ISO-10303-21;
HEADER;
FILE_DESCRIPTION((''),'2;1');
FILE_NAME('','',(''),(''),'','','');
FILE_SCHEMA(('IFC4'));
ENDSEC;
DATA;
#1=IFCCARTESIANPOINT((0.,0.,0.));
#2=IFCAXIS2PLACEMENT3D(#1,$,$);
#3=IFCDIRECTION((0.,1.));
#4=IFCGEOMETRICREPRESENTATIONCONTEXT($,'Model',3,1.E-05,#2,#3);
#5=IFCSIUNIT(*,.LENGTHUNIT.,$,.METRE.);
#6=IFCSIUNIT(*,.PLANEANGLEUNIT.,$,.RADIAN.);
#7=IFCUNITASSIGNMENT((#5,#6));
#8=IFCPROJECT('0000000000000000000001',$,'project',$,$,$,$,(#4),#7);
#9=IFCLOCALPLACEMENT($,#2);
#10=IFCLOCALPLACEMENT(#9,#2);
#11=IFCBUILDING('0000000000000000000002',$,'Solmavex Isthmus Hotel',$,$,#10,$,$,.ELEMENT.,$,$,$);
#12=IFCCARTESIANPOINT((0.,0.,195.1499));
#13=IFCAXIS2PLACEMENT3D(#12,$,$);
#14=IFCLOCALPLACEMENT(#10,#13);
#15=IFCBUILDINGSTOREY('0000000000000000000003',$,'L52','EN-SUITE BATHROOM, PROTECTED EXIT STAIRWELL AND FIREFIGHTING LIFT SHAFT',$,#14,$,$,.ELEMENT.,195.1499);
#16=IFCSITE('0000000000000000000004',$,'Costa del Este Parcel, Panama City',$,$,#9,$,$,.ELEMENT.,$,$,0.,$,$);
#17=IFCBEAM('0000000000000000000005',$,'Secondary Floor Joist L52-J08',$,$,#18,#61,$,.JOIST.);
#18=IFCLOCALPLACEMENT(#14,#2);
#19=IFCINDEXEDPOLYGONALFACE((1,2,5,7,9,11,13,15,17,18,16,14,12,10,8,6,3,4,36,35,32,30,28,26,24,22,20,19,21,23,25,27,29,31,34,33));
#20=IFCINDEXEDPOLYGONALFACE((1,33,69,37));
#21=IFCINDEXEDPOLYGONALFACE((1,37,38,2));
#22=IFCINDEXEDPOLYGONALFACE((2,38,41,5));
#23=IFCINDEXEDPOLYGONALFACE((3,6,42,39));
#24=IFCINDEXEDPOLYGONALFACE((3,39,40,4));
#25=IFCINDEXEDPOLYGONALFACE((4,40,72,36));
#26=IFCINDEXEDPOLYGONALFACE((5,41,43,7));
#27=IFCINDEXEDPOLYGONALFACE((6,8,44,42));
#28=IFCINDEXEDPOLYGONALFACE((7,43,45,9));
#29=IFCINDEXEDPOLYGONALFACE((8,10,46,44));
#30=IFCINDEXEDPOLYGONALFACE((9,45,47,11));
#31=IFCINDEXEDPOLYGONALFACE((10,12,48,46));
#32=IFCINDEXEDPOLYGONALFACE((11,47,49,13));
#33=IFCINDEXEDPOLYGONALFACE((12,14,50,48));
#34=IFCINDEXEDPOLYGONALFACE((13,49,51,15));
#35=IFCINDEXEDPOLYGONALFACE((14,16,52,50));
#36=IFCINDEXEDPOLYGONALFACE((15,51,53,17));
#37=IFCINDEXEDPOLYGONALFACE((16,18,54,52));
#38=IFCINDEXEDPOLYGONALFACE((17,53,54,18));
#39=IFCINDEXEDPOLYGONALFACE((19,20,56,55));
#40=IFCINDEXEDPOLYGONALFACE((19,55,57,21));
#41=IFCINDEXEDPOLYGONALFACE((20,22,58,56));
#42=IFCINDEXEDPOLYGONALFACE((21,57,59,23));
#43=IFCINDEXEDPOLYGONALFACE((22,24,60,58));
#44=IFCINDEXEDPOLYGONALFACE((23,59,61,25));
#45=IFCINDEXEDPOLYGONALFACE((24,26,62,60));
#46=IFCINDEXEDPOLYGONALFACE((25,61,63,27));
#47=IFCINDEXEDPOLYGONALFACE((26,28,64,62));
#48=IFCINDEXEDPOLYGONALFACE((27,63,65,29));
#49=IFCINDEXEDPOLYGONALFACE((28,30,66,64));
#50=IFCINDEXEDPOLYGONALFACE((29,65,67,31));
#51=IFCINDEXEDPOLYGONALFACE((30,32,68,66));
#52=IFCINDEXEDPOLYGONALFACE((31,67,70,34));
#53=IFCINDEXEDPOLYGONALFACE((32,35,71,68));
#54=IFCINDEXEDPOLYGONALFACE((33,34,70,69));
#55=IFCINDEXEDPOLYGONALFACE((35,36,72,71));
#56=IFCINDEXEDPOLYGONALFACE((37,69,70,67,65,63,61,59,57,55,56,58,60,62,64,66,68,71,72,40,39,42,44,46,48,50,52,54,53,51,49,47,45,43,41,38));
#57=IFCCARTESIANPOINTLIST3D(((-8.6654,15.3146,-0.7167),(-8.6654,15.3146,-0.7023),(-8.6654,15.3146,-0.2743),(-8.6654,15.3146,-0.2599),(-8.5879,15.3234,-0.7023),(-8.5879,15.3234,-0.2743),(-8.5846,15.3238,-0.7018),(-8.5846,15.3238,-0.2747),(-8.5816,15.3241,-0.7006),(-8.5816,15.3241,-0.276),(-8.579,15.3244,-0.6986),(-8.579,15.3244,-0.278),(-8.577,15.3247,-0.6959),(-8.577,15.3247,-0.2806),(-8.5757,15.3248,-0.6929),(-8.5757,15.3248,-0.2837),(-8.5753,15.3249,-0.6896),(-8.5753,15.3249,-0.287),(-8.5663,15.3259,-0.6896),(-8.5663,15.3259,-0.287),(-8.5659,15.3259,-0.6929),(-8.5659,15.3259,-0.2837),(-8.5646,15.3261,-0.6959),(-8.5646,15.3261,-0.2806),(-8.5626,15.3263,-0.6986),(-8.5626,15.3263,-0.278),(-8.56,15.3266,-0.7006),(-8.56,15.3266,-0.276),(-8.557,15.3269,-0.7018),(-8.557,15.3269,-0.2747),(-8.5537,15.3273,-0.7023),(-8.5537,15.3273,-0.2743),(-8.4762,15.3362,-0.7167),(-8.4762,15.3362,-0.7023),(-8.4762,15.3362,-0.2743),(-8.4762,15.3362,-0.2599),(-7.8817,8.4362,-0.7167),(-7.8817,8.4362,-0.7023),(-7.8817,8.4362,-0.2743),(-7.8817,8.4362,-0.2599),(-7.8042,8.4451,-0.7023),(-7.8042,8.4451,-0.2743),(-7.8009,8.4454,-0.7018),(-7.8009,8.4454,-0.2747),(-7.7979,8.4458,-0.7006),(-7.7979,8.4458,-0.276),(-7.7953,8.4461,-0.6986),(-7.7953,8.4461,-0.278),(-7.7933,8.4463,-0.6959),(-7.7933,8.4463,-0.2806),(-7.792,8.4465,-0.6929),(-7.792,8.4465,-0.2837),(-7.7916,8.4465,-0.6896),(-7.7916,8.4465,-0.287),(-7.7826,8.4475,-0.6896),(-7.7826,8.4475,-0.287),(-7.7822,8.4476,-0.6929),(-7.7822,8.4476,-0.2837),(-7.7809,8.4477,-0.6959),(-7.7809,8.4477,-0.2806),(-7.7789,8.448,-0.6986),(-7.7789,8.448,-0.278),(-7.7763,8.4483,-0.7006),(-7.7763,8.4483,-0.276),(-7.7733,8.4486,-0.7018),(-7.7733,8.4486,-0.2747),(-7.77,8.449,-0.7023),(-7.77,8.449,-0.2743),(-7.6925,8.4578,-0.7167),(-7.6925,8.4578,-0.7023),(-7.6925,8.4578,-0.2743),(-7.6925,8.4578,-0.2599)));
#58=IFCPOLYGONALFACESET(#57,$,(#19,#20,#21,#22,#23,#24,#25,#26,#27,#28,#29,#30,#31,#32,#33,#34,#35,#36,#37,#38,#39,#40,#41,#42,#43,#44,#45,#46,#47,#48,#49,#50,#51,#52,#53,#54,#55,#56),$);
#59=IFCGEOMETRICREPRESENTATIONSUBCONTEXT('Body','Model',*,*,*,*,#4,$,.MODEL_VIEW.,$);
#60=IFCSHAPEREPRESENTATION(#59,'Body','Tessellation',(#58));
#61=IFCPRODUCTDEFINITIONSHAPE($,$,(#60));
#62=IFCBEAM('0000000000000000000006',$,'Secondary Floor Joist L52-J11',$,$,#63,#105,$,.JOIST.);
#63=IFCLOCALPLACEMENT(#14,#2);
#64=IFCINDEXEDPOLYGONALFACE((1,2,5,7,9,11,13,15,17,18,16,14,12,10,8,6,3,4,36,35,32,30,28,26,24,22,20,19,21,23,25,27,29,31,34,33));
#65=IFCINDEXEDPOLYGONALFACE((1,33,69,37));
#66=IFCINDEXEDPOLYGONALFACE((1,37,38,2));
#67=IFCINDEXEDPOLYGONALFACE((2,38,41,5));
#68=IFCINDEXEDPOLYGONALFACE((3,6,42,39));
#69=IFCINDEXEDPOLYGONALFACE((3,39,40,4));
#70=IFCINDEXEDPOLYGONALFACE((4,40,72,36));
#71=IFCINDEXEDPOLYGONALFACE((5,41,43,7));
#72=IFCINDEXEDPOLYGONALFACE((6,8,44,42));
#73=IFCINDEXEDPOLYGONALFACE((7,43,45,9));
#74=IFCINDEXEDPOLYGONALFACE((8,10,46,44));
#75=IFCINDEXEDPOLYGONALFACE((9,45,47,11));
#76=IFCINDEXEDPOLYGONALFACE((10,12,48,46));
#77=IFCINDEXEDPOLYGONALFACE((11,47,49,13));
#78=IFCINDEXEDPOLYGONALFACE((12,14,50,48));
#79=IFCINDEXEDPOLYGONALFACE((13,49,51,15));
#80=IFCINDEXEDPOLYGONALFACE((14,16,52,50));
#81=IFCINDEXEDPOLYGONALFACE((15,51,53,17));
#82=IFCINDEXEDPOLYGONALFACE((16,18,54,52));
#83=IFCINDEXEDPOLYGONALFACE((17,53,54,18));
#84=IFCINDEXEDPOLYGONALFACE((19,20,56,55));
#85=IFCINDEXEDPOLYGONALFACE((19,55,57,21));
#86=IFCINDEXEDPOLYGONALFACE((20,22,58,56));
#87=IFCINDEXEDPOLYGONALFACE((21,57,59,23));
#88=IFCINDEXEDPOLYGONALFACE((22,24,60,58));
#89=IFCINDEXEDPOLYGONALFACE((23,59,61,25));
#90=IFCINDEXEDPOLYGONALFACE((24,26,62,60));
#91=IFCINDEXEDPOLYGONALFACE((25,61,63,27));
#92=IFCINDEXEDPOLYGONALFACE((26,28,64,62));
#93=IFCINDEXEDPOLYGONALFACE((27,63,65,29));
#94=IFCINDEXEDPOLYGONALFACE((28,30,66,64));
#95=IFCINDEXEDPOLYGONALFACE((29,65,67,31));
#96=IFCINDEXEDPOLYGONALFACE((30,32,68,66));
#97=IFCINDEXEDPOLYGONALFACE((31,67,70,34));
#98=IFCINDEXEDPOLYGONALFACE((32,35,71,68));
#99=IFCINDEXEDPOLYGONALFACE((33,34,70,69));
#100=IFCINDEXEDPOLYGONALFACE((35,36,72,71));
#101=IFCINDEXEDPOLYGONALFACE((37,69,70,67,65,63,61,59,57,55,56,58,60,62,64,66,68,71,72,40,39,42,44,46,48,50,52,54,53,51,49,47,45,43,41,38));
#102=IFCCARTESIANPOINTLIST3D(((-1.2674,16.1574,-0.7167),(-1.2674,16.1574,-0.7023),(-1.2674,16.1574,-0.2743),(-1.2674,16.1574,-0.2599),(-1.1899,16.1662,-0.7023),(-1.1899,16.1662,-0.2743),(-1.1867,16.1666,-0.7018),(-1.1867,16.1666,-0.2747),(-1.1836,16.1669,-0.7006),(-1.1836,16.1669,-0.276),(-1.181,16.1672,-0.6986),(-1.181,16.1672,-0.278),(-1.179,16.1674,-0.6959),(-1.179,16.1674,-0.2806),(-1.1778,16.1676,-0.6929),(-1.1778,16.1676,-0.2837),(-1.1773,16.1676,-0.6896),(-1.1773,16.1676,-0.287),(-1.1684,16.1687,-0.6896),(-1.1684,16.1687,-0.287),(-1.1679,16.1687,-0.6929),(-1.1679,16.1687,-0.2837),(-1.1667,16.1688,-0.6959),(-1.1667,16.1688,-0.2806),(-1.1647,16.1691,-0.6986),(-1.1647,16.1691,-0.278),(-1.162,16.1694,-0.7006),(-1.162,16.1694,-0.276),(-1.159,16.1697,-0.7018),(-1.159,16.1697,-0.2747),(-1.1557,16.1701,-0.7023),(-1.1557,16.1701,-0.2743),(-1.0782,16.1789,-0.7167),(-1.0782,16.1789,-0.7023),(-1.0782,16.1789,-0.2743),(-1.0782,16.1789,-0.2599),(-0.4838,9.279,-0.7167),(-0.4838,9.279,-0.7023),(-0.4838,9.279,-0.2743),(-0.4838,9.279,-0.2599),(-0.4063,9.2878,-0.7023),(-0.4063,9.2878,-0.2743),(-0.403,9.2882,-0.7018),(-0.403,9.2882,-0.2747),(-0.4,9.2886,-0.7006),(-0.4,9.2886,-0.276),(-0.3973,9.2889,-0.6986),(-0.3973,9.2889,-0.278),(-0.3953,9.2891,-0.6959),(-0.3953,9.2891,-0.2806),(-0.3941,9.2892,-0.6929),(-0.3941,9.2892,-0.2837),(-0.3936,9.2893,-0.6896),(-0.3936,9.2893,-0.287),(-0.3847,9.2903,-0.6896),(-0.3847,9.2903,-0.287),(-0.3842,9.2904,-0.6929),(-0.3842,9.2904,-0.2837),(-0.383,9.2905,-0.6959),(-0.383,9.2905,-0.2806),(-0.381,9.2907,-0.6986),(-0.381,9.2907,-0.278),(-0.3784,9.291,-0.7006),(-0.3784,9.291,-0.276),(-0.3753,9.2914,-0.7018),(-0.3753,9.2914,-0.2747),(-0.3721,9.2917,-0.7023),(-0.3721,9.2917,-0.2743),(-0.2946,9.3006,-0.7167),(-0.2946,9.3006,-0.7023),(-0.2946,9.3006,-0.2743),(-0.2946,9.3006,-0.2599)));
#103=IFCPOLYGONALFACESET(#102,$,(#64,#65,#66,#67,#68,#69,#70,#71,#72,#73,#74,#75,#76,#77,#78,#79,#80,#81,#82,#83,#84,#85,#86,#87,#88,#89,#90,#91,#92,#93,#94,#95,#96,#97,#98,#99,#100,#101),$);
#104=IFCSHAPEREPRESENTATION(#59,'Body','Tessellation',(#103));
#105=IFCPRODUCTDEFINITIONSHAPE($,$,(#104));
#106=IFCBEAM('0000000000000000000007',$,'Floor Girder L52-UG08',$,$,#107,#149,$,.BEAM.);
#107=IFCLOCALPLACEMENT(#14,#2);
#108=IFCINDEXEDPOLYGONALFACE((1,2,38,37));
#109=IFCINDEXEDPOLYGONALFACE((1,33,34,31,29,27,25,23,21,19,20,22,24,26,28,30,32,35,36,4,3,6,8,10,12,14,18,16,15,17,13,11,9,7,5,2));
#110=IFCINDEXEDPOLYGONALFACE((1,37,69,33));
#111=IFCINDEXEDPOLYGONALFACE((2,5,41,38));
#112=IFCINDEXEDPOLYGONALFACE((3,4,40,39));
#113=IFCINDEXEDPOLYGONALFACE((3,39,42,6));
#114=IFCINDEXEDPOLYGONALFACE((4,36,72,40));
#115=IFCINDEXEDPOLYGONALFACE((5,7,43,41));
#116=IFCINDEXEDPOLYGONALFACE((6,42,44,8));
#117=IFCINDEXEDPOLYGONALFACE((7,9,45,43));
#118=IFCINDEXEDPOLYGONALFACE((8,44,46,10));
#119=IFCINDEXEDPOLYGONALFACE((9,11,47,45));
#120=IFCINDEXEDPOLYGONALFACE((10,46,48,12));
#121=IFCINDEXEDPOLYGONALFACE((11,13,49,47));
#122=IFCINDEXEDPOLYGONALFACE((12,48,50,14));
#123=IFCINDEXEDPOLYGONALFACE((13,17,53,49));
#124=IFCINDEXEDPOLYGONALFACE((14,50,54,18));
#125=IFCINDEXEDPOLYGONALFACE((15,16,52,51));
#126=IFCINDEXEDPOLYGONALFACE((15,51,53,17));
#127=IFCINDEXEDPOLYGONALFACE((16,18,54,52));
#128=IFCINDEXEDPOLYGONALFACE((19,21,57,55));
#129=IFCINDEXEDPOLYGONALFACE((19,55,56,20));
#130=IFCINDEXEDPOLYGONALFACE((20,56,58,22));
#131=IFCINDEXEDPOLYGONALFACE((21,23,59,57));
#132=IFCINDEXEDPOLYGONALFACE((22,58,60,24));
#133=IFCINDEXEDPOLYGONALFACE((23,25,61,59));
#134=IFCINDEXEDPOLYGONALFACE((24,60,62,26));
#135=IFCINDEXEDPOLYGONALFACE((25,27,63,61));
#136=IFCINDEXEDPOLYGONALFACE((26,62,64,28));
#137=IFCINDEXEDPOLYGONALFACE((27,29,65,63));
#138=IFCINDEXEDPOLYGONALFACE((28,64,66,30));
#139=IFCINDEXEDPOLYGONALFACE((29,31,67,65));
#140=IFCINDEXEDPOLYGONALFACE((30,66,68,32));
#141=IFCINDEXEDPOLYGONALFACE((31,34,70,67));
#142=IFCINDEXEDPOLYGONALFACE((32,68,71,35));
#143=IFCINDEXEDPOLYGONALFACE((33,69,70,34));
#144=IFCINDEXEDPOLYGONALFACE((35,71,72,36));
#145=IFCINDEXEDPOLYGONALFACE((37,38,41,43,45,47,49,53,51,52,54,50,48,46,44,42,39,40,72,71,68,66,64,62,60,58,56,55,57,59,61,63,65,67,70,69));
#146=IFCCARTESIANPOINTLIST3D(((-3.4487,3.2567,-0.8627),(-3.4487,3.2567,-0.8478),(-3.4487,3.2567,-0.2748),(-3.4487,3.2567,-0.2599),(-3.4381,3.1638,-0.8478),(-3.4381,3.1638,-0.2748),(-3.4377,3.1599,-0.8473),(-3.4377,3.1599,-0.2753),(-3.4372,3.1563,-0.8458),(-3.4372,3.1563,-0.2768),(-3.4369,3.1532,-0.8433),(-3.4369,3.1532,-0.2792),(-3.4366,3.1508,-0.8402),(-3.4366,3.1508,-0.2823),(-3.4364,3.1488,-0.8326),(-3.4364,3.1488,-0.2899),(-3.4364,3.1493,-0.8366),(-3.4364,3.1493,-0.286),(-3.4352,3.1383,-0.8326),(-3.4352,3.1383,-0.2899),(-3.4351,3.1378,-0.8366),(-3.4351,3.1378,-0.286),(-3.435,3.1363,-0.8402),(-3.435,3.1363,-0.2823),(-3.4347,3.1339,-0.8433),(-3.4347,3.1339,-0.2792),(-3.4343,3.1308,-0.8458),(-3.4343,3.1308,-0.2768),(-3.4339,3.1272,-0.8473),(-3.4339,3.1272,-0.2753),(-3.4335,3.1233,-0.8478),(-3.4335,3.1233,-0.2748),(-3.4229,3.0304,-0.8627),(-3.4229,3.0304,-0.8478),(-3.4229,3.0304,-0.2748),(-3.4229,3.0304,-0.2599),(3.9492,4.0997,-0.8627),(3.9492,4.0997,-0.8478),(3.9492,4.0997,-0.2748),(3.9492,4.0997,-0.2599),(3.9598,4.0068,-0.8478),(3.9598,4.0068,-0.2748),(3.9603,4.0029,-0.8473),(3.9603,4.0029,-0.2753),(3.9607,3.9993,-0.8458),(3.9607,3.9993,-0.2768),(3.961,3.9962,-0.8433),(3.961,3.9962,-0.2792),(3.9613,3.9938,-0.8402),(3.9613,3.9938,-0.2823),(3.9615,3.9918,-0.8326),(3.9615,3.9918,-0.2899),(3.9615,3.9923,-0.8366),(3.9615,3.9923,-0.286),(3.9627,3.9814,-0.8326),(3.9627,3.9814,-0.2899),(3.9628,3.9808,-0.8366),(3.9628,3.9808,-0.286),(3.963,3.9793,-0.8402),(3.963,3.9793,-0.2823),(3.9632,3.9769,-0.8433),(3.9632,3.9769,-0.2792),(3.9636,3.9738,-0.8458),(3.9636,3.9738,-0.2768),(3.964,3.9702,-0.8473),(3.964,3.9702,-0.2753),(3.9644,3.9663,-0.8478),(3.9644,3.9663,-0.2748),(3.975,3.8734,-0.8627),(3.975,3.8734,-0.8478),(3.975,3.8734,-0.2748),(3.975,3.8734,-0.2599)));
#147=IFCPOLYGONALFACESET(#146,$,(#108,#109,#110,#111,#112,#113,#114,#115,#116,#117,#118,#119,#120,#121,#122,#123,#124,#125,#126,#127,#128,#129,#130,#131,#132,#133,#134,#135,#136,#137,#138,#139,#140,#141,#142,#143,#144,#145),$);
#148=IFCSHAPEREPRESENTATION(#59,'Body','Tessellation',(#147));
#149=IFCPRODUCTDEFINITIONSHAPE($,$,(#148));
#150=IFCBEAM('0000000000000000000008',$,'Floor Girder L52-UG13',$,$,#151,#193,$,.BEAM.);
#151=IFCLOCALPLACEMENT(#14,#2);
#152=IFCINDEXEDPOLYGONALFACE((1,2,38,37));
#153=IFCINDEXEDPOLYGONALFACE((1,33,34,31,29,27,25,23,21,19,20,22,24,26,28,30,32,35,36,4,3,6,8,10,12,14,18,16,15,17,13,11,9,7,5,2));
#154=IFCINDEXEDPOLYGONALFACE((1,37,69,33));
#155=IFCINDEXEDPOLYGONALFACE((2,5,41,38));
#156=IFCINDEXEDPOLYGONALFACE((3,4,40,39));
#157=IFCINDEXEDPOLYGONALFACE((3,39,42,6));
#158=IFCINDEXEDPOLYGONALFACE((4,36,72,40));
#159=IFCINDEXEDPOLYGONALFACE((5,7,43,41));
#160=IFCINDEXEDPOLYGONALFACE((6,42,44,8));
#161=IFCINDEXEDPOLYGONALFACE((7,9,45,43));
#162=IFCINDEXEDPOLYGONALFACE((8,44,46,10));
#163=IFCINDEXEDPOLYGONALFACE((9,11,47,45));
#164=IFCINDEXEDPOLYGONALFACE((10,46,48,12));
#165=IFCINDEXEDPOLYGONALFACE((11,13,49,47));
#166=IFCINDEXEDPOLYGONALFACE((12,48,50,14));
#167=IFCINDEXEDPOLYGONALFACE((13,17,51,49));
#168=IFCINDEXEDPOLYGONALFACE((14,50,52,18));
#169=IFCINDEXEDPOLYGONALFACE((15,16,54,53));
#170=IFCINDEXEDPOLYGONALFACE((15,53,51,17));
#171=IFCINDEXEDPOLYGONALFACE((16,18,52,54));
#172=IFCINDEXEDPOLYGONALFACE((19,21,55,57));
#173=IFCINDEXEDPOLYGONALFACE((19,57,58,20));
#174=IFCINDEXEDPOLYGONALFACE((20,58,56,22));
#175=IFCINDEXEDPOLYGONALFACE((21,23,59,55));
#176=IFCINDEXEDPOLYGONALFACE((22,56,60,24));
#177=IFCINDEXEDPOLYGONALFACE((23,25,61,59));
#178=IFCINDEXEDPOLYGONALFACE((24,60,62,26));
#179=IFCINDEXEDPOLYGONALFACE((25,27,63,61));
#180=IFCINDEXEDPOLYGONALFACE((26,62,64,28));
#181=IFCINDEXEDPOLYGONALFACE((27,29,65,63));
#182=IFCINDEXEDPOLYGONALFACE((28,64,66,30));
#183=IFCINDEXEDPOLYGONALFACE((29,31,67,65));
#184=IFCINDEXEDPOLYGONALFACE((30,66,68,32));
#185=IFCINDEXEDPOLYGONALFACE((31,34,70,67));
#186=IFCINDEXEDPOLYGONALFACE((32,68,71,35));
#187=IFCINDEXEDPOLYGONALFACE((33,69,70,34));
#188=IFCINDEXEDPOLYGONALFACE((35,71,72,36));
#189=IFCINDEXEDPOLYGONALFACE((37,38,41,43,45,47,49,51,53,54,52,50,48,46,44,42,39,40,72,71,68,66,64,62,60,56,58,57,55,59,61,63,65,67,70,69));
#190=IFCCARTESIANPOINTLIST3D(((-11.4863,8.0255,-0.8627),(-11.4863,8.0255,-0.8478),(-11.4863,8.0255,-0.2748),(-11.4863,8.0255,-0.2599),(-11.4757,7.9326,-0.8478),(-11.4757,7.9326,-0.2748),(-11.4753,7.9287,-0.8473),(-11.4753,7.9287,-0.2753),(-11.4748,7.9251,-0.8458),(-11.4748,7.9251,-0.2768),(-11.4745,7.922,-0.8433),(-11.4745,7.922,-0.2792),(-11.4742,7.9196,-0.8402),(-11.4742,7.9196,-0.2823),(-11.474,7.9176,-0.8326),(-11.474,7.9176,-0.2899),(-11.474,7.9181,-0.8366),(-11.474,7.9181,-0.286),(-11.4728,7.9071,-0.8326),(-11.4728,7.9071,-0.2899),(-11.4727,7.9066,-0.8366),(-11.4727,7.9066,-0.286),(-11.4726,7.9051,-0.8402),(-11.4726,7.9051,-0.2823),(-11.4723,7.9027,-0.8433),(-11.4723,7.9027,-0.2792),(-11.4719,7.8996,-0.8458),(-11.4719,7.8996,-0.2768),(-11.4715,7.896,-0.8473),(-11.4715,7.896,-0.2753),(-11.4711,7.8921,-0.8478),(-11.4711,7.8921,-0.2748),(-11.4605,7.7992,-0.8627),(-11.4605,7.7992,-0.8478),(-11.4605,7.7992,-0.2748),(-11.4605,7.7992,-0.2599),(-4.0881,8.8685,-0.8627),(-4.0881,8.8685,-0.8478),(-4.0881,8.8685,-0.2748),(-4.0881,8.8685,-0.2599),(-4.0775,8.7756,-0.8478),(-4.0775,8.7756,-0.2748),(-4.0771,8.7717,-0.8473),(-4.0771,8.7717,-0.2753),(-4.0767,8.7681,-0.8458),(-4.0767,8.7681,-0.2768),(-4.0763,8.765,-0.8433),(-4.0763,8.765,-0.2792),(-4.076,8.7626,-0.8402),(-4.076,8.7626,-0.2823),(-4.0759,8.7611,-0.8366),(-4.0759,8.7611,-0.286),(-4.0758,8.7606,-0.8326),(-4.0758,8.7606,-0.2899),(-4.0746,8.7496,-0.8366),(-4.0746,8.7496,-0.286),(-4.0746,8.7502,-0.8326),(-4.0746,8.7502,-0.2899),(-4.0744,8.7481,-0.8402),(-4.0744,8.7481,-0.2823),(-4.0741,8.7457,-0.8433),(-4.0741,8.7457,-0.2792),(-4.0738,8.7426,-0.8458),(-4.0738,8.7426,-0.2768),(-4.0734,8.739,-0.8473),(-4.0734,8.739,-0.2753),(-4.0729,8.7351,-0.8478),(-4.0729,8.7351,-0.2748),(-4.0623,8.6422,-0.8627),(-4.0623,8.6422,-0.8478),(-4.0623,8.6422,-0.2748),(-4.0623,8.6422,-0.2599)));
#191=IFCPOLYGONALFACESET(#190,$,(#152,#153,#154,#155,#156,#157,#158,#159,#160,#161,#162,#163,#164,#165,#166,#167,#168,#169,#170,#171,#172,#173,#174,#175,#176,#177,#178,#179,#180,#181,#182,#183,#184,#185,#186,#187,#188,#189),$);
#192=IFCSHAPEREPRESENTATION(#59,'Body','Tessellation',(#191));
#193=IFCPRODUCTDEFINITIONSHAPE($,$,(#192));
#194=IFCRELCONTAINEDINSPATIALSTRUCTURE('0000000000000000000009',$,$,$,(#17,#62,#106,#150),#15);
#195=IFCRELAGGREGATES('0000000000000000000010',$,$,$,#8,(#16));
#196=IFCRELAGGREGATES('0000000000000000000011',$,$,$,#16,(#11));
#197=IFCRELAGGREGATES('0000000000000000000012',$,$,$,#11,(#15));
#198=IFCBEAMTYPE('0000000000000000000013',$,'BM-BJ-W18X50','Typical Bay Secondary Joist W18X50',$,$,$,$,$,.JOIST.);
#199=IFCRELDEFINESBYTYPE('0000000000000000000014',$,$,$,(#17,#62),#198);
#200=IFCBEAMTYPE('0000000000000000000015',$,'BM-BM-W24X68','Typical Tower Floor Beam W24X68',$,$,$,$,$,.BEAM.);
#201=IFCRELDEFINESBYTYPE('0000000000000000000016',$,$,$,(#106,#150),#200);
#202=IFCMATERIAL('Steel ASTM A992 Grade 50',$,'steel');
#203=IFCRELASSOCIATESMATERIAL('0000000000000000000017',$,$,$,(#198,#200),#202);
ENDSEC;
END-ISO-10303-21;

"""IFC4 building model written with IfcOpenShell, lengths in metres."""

from ifc_helpers import new_model, si_unit, direction, frame, origin, origin_2d, place, context, subcontext, project, spatial, i_section, extrude, material, material_profile, profile_set, type_object, element, save


model = new_model("IFC4")

# Units and contexts
model_context = context("Model", 3, precision=1e-05, world=origin(), true_north=direction((0.0, 1.0)))
body_context = subcontext(model_context, "Body", "Model", "MODEL_VIEW")
ifc_project = project(units=[si_unit("LENGTHUNIT", "METRE"), si_unit("PLANEANGLEUNIT", "RADIAN")], contexts=[model_context])

# Site, building, storey
site_placement = place(None, origin())
site = spatial("IfcSite", under=ifc_project, at=site_placement, Name="Costa del Este Parcel, Panama City", CompositionType="ELEMENT", RefElevation=0.0)
building_placement = place(site_placement, origin())
building = spatial("IfcBuilding", under=site, at=building_placement, Name="Solmavex Isthmus Hotel", CompositionType="ELEMENT")
storey_placement = place(building_placement, frame((0.0, 0.0, 195.1499)))
storey = spatial("IfcBuildingStorey", under=building, at=storey_placement, Name="L52", Description="EN-SUITE BATHROOM, PROTECTED EXIT STAIRWELL AND FIREFIGHTING LIFT SHAFT", CompositionType="ELEMENT", Elevation=195.1499)

# Beams
ifc_material_1 = material(Name="Steel ASTM A992 Grade 50", Category="steel")
ifc_material_profile_1 = material_profile(ifc_material_1, i_section(OverallWidth=0.1904, OverallDepth=0.4568, WebThickness=0.009, FlangeThickness=0.0144, FilletRadius=0.0127, at=origin_2d()), Name="W18X50")
ifc_profile_set_1 = profile_set([ifc_material_profile_1], Name="Steel ASTM A992 Grade 50")
beam_type_1 = type_object("IfcBeamType", Name="BM-BJ-W18X50", Description="Typical Bay Secondary Joist W18X50", PredefinedType="JOIST", material=ifc_profile_set_1)
for number, where, z_axis, x_axis, name in (
    (1, (-7.7871, 8.447, -0.4883), (-0.113202, 0.993572, 0.0), (-0.993572, -0.113202, 0.0), "Secondary Floor Joist L52-J08"),
    (2, (-0.3892, 9.2898, -0.4883), (-0.113202, 0.993572, 0.0), (-0.993572, -0.113202, 0.0), "Secondary Floor Joist L52-J11"),
):
    element("IfcBeam", number, at=place(storey_placement, frame(where, z_axis=z_axis, x_axis=x_axis)), inside=storey, type_object=beam_type_1, Name=name, PredefinedType="JOIST", context=body_context, shape_type="SweptSolid", body=[
        extrude(i_section(OverallWidth=0.1904, OverallDepth=0.4568, WebThickness=0.009, FlangeThickness=0.0144, FilletRadius=0.0127, at=origin_2d()), origin(), (0.0, 0.0, 1.0), 6.9229),
    ])
ifc_material_profile_2 = material_profile(ifc_material_1, i_section(OverallWidth=0.2278, OverallDepth=0.6028, WebThickness=0.0105, FlangeThickness=0.0149, FilletRadius=0.0151, at=origin_2d()), Name="W24X68")
ifc_profile_set_2 = profile_set([ifc_material_profile_2], Name="Steel ASTM A992 Grade 50")
beam_type_2 = type_object("IfcBeamType", Name="BM-BM-W24X68", Description="Typical Tower Floor Beam W24X68", PredefinedType="BEAM", material=ifc_profile_set_2)
beam_1_placement = place(storey_placement, frame((-3.4358, 3.1436, -0.5613), z_axis=(0.99357, 0.11322, 0.0), x_axis=(-0.11322, 0.99357, 0.0)))
element("IfcBeam", 3, at=beam_1_placement, inside=storey, type_object=beam_type_2, Name="Floor Girder L52-UG08", PredefinedType="BEAM", context=body_context, shape_type="SweptSolid", body=[
    extrude(i_section(OverallWidth=0.2278, OverallDepth=0.6028, WebThickness=0.0105, FlangeThickness=0.0149, FilletRadius=0.0151, at=origin_2d()), origin(), (0.0, 0.0, 1.0), 7.4458),
])
for number, where, z_axis, x_axis, name in (
    (4, (-11.4734, 7.9124, -0.5613), (0.99357, 0.113216, 0.0), (-0.113216, 0.99357, 0.0), "Floor Girder L52-UG13"),
):
    element("IfcBeam", number, at=place(storey_placement, frame(where, z_axis=z_axis, x_axis=x_axis)), inside=storey, type_object=beam_type_2, Name=name, PredefinedType="BEAM", context=body_context, shape_type="SweptSolid", body=[
        extrude(i_section(OverallWidth=0.2278, OverallDepth=0.6028, WebThickness=0.0105, FlangeThickness=0.0149, FilletRadius=0.0151, at=origin_2d()), origin(), (0.0, 0.0, 1.0), 7.446),
    ])

save(model, "model.ifc")
